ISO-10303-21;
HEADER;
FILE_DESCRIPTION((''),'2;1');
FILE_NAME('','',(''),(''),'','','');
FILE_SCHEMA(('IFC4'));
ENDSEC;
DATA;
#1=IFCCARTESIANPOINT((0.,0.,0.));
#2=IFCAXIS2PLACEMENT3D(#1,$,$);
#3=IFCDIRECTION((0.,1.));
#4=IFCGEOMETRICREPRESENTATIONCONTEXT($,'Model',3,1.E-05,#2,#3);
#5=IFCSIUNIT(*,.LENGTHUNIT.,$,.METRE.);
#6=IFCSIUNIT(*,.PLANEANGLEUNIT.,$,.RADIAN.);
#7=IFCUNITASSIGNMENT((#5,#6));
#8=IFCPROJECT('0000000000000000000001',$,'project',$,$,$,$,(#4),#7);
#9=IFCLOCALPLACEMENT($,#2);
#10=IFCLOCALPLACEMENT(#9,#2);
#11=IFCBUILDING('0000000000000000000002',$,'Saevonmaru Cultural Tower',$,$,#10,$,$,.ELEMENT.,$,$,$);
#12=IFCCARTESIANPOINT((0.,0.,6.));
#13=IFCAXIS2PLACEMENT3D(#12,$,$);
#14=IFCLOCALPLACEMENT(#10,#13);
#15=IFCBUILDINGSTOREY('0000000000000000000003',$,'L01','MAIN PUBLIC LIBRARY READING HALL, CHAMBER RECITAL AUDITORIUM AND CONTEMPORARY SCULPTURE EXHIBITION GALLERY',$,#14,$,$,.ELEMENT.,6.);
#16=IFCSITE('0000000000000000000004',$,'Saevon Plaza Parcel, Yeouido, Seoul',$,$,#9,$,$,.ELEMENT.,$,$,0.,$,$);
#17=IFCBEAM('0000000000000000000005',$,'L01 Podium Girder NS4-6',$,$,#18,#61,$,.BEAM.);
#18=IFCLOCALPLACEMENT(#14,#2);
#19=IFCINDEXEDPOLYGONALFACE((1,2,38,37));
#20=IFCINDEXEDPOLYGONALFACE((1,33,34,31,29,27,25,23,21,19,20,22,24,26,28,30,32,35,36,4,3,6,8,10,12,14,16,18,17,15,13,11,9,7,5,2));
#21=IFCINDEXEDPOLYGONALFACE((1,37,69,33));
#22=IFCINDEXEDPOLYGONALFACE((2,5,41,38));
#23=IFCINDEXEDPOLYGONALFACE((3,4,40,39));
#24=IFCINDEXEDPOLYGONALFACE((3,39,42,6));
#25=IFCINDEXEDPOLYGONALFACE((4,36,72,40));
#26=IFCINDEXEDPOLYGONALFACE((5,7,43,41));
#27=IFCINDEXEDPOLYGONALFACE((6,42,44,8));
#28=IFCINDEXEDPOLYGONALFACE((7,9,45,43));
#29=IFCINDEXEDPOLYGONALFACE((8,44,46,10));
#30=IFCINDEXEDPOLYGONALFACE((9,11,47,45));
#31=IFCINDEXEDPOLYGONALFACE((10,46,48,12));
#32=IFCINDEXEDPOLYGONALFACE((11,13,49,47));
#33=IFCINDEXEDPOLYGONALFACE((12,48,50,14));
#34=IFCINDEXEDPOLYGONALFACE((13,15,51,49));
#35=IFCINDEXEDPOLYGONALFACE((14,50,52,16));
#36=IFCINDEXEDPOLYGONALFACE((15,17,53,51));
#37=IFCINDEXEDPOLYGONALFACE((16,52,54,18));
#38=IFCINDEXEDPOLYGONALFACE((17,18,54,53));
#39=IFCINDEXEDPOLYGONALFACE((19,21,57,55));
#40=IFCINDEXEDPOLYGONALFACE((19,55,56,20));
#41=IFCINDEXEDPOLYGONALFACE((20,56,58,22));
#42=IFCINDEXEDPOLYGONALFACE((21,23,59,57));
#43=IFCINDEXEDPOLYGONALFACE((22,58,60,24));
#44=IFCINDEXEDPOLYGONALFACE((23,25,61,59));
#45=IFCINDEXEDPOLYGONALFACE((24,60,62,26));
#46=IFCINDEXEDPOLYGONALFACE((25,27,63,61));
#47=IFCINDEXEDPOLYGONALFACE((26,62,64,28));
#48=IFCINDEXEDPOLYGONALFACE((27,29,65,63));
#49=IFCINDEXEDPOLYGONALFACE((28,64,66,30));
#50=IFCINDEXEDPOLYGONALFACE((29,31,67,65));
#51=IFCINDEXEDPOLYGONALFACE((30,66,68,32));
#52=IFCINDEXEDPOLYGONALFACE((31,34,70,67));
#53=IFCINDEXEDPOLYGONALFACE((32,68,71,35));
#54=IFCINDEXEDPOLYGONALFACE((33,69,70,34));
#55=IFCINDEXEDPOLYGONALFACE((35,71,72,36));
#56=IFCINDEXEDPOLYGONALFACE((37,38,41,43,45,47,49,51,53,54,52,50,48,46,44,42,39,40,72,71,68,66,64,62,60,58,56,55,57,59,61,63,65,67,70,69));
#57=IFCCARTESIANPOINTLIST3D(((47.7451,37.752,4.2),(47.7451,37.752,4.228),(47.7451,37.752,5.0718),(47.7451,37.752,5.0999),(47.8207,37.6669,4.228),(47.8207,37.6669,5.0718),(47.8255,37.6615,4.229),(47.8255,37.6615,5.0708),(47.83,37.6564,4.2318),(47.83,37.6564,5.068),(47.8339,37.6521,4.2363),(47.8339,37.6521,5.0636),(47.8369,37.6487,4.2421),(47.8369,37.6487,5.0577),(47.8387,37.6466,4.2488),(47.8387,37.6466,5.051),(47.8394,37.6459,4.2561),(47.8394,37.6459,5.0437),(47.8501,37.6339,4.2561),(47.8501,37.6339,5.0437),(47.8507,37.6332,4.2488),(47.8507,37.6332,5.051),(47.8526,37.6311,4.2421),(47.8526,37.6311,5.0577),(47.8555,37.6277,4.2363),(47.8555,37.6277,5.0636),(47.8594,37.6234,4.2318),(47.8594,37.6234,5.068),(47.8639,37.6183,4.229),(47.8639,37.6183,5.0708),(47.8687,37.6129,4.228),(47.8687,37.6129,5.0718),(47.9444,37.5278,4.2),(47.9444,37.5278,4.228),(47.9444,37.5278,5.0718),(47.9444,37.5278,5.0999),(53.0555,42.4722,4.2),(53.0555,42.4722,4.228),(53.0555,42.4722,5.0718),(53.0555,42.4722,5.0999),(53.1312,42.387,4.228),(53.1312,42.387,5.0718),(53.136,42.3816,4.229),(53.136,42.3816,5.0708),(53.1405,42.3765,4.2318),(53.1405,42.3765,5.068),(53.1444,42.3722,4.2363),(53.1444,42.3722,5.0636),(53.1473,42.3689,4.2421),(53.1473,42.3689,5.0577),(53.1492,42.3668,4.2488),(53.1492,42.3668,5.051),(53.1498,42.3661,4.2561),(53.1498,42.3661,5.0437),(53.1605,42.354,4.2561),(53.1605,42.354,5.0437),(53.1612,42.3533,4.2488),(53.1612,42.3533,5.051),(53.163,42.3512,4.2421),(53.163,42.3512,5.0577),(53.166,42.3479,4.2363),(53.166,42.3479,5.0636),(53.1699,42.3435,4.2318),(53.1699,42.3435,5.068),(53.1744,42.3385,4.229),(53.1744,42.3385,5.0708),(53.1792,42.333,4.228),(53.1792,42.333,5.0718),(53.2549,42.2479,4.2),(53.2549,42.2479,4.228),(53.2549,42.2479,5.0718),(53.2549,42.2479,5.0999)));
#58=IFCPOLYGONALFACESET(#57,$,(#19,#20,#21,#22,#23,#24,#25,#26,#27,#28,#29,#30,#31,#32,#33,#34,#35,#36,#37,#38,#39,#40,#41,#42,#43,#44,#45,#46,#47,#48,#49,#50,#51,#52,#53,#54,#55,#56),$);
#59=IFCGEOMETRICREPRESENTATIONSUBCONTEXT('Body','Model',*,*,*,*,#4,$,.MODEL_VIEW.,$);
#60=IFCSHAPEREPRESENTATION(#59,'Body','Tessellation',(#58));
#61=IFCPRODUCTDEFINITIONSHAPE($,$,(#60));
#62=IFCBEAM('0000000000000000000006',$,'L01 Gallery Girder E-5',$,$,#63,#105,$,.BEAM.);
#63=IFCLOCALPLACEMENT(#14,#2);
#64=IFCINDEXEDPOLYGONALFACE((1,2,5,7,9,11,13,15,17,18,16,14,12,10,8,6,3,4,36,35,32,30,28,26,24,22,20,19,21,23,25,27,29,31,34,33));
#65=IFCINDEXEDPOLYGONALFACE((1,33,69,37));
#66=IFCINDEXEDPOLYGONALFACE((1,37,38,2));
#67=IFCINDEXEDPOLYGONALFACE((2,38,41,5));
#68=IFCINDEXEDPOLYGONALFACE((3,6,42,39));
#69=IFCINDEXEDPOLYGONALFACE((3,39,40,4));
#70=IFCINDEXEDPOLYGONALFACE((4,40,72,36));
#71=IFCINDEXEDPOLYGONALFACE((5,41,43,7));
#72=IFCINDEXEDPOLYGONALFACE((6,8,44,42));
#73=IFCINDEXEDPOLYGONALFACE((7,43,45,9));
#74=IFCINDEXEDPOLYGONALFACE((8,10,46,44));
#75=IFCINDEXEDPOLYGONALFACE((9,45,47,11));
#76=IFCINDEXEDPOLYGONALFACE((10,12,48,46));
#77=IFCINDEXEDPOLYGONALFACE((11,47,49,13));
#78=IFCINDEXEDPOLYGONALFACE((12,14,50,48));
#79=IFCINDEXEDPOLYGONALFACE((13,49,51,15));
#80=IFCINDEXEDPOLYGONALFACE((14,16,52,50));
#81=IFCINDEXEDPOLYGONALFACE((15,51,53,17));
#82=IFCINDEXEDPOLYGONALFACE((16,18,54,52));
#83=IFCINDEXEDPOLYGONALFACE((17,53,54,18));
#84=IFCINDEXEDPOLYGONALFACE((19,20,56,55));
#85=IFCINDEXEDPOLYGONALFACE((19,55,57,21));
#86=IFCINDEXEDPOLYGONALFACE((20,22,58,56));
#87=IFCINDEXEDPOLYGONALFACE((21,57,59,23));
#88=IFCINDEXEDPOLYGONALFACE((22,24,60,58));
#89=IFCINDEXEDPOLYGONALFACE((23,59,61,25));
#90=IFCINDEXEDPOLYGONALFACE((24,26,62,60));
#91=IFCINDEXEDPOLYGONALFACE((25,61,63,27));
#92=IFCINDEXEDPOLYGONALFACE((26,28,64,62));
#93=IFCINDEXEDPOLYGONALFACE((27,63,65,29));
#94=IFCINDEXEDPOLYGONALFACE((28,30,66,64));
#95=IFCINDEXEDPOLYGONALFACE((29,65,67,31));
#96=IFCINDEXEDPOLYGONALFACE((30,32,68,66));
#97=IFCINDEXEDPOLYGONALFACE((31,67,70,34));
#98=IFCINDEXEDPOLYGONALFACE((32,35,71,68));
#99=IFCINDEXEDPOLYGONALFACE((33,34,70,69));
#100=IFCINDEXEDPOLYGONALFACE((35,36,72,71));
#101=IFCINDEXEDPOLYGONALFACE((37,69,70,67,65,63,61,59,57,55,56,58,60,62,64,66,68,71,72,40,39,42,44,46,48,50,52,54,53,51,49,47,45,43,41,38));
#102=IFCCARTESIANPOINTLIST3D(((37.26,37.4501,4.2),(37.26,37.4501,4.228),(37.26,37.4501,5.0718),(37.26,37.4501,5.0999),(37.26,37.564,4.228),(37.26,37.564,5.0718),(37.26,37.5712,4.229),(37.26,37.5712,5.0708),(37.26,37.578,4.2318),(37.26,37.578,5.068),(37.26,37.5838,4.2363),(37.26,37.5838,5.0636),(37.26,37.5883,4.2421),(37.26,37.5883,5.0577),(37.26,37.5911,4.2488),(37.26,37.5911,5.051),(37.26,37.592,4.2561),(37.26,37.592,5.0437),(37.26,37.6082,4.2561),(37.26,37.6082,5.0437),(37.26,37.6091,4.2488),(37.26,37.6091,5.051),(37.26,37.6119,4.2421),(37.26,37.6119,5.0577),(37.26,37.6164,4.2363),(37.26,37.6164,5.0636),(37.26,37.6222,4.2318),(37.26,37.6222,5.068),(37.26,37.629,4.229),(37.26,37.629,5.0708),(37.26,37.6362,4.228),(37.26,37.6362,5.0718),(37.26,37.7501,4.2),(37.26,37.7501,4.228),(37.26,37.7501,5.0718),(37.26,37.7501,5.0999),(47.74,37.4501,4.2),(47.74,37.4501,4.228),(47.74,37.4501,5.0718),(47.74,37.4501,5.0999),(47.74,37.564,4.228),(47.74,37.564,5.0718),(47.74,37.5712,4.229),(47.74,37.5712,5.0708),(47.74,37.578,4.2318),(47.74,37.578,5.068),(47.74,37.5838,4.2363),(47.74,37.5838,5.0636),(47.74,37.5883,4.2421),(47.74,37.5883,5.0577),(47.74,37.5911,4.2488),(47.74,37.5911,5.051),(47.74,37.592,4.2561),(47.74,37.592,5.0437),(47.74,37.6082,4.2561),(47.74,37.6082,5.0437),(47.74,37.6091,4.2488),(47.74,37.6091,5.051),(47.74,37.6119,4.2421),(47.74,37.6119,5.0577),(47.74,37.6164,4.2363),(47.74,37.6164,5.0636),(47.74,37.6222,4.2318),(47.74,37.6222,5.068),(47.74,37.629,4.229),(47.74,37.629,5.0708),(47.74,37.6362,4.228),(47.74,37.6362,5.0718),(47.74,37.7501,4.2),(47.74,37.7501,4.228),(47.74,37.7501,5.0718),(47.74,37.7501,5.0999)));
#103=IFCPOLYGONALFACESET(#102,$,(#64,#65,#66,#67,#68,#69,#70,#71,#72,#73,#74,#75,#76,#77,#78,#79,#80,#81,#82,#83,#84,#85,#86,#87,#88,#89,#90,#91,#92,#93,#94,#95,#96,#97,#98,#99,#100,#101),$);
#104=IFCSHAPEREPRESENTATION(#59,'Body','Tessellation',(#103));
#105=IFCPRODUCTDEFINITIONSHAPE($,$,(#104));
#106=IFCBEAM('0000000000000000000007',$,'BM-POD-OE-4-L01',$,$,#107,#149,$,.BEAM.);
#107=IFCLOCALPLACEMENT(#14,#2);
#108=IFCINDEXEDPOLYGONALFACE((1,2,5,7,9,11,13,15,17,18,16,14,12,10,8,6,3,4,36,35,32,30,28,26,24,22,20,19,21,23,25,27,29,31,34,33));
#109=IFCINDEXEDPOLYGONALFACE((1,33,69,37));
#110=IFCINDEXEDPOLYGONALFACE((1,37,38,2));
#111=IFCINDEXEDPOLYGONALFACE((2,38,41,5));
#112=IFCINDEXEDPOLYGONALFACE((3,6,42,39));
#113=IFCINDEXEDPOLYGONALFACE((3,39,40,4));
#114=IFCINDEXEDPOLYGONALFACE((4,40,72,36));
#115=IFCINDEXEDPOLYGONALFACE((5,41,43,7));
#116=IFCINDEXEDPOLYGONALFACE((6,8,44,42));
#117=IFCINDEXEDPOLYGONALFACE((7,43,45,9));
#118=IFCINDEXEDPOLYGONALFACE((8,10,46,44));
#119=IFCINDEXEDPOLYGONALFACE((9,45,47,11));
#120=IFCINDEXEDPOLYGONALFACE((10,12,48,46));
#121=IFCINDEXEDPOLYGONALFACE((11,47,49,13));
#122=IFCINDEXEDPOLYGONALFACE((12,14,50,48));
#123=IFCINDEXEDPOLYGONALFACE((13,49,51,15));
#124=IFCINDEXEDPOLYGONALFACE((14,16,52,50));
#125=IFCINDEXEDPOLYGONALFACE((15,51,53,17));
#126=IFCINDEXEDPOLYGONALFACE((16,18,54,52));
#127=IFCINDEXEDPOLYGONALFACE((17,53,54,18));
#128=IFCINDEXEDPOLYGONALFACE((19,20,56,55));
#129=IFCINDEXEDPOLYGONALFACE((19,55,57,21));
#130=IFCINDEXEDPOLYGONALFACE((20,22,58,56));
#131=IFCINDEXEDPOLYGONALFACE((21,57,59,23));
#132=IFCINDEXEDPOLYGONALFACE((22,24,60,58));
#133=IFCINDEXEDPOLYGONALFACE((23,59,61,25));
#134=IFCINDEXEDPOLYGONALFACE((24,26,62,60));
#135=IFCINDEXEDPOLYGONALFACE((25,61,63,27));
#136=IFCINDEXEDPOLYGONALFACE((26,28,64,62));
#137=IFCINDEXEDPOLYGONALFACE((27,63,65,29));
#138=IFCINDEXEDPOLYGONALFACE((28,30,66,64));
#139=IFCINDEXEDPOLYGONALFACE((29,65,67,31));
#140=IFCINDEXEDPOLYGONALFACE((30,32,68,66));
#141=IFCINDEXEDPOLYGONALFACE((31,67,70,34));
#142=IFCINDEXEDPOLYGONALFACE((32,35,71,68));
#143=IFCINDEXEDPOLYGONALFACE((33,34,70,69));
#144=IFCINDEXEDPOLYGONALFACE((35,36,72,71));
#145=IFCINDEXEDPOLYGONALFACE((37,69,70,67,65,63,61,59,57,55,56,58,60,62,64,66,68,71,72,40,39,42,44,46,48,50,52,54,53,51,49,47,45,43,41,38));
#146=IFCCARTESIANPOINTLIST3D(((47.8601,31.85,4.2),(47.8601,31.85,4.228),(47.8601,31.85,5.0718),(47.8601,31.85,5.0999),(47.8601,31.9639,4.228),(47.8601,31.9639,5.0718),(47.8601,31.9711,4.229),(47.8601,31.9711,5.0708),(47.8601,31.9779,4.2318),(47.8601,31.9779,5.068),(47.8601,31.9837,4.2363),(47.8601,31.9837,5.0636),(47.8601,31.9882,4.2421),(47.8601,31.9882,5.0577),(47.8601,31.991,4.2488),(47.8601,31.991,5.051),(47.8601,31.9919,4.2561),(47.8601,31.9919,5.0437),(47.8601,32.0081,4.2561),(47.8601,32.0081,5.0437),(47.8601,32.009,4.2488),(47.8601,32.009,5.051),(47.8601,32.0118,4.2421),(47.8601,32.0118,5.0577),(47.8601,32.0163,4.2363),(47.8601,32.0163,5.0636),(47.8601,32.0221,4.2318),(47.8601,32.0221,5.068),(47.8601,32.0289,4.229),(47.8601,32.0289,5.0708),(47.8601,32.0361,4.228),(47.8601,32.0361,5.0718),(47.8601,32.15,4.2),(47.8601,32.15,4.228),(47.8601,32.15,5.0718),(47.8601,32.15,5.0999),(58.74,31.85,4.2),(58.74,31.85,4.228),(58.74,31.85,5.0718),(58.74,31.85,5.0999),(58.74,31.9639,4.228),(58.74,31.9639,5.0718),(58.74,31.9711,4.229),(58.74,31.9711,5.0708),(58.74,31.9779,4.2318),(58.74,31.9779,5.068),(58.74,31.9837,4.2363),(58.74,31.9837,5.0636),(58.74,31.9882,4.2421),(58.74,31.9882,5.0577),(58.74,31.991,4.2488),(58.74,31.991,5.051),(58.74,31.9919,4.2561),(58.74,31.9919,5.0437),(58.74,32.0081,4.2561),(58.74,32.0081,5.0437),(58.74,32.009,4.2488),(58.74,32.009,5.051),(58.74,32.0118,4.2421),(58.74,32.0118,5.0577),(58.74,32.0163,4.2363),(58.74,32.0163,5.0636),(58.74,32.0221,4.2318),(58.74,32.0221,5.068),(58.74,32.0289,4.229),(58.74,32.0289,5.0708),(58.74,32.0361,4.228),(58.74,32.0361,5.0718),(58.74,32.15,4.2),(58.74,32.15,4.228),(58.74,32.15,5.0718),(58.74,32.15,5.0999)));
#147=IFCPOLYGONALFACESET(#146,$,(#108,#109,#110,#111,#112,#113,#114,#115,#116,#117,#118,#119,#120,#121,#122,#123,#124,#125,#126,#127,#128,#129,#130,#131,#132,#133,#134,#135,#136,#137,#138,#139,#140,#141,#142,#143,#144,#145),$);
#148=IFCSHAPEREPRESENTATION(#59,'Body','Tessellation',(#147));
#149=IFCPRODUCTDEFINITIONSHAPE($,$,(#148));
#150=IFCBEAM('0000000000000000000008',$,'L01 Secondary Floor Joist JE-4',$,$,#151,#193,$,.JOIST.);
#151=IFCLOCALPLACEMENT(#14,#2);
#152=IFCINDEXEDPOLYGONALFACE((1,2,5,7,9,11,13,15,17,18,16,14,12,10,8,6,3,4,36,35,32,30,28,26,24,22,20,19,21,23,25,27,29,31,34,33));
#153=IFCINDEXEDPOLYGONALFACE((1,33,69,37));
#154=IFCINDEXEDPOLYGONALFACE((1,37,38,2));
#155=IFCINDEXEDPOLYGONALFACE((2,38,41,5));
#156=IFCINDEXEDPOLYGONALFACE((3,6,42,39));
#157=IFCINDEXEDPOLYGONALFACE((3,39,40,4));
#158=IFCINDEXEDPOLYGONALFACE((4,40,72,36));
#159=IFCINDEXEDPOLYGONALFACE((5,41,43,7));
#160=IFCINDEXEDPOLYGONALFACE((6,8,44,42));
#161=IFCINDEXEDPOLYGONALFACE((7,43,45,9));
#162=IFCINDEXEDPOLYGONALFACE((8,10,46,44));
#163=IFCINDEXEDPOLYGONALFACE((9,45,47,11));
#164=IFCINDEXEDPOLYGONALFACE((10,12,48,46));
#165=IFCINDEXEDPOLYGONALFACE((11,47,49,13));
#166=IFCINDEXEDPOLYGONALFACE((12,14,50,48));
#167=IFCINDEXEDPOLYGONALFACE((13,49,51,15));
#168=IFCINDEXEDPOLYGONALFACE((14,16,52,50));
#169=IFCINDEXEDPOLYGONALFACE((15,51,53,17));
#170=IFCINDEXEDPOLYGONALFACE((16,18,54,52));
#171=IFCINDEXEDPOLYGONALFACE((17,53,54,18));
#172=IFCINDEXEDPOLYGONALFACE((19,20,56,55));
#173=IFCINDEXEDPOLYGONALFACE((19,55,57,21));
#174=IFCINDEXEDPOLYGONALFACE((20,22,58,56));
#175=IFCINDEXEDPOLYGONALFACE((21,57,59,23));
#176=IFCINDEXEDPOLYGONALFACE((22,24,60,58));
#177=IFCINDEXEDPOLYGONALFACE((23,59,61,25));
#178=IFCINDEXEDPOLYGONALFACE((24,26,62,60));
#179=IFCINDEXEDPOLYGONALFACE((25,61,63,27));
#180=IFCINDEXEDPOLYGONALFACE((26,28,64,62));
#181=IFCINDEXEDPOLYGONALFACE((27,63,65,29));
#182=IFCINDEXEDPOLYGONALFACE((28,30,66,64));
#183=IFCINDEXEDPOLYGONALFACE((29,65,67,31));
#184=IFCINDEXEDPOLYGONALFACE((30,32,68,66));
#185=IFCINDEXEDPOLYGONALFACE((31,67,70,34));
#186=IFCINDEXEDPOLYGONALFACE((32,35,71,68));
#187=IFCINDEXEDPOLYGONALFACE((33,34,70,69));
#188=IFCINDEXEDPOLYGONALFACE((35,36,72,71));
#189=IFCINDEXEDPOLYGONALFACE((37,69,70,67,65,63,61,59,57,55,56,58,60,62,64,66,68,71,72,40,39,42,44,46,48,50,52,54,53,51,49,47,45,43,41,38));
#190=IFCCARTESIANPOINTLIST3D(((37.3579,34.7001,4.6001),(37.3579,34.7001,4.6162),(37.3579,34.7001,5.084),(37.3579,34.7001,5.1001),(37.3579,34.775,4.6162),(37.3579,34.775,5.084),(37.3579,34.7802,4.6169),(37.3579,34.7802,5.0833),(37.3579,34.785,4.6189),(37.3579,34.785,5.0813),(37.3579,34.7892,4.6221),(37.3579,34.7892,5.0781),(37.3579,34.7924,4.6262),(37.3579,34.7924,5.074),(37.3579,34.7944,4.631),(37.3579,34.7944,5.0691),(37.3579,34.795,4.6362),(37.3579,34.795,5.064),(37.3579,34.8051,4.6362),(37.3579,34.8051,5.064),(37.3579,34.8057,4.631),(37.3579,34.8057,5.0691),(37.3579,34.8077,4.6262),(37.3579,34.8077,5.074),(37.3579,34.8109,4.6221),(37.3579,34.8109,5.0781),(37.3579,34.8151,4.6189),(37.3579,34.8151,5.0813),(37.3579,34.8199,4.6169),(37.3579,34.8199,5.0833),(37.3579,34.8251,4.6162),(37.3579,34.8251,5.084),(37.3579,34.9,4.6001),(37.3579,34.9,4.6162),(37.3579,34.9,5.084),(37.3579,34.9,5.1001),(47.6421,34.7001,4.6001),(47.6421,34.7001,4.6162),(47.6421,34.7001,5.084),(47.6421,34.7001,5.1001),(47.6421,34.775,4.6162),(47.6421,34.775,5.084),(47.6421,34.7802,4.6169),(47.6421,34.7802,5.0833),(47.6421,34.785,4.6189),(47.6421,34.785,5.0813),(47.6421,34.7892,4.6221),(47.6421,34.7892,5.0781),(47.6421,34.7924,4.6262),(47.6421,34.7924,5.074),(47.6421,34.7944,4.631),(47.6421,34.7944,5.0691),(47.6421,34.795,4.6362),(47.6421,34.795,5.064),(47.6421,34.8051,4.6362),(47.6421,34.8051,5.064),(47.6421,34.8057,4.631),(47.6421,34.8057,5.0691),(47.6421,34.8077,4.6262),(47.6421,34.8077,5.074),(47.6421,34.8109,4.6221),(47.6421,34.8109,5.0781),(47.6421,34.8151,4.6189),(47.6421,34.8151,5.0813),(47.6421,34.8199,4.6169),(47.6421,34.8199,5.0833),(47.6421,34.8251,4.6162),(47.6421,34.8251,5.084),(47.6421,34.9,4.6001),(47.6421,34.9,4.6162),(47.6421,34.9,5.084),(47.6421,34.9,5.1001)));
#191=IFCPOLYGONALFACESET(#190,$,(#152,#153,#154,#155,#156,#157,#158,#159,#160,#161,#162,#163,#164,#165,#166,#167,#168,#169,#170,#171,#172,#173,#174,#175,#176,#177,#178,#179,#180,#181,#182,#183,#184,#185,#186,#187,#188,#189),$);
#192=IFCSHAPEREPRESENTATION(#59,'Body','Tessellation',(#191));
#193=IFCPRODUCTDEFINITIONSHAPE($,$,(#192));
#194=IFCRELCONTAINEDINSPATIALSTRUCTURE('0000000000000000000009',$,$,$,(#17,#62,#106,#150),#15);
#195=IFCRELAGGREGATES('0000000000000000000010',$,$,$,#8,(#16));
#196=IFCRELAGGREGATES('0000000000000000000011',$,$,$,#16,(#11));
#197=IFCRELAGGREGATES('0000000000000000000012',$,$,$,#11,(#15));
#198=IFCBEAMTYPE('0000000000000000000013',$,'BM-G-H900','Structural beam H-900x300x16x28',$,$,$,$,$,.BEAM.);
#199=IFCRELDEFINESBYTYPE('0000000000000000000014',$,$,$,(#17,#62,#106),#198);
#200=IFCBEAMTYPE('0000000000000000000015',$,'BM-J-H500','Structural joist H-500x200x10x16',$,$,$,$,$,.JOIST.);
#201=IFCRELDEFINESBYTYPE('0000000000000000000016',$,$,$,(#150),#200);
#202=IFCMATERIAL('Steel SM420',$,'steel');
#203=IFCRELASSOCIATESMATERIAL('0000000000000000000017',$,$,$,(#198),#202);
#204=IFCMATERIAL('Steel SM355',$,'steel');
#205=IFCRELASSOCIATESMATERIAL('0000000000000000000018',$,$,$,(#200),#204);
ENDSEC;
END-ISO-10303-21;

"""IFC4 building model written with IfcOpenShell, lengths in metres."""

from ifc_helpers import new_model, si_unit, direction, frame, origin, origin_2d, place, context, subcontext, project, spatial, i_section, extrude, material, material_profile, profile_set, type_object, element, save


model = new_model("IFC4")

# Units and contexts
model_context = context("Model", 3, precision=1e-05, world=origin(), true_north=direction((0.0, 1.0)))
body_context = subcontext(model_context, "Body", "Model", "MODEL_VIEW")
ifc_project = project(units=[si_unit("LENGTHUNIT", "METRE"), si_unit("PLANEANGLEUNIT", "RADIAN")], contexts=[model_context])

# Site, building, storey
site_placement = place(None, origin())
site = spatial("IfcSite", under=ifc_project, at=site_placement, Name="Saevon Plaza Parcel, Yeouido, Seoul", CompositionType="ELEMENT", RefElevation=0.0)
building_placement = place(site_placement, origin())
building = spatial("IfcBuilding", under=site, at=building_placement, Name="Saevonmaru Cultural Tower", CompositionType="ELEMENT")
storey_placement = place(building_placement, frame((0.0, 0.0, 6.0)))
storey = spatial("IfcBuildingStorey", under=building, at=storey_placement, Name="L01", Description="MAIN PUBLIC LIBRARY READING HALL, CHAMBER RECITAL AUDITORIUM AND CONTEMPORARY SCULPTURE EXHIBITION GALLERY", CompositionType="ELEMENT", Elevation=6.0)

# Shared definitions
ifc_material_1 = material(Name="Steel SM355", Category="steel")

# Beams
ifc_material_2 = material(Name="Steel SM420", Category="steel")
ifc_material_profile_1 = material_profile(ifc_material_2, i_section(OverallWidth=0.3, OverallDepth=0.8999, WebThickness=0.0161, FlangeThickness=0.0281, FilletRadius=0.0281, at=origin_2d()), Name="H-900x300x16x28")
ifc_profile_set_1 = profile_set([ifc_material_profile_1], Name="Steel SM420")
beam_type_1 = type_object("IfcBeamType", Name="BM-G-H900", Description="Structural beam H-900x300x16x28", PredefinedType="BEAM", material=ifc_profile_set_1)
beam_1_placement = place(storey_placement, frame((47.8447, 37.6399, 4.6499), z_axis=(0.747428, 0.664343, 0.0), x_axis=(-0.664343, 0.747428, 0.0)))
element("IfcBeam", 1, at=beam_1_placement, inside=storey, type_object=beam_type_1, Name="L01 Podium Girder NS4-6", PredefinedType="BEAM", context=body_context, shape_type="SweptSolid", body=[
    extrude(i_section(OverallWidth=0.3, OverallDepth=0.8999, WebThickness=0.0161, FlangeThickness=0.0281, FilletRadius=0.0281, at=origin_2d()), origin(), (0.0, 0.0, 1.0), 7.105),
])
beam_2_placement = place(storey_placement, frame((37.26, 37.6001, 4.6499), z_axis=(1.0, 0.0, 0.0), x_axis=(0.0, 1.0, 0.0)))
element("IfcBeam", 2, at=beam_2_placement, inside=storey, type_object=beam_type_1, Name="L01 Gallery Girder E-5", PredefinedType="BEAM", context=body_context, shape_type="SweptSolid", body=[
    extrude(i_section(OverallWidth=0.3, OverallDepth=0.8999, WebThickness=0.0161, FlangeThickness=0.0281, FilletRadius=0.0281, at=origin_2d()), origin(), (0.0, 0.0, 1.0), 10.48),
])
beam_3_placement = place(storey_placement, frame((47.8601, 32.0, 4.6499), z_axis=(1.0, 0.0, 0.0), x_axis=(0.0, 1.0, 0.0)))
element("IfcBeam", 3, at=beam_3_placement, inside=storey, type_object=beam_type_1, Name="BM-POD-OE-4-L01", PredefinedType="BEAM", context=body_context, shape_type="SweptSolid", body=[
    extrude(i_section(OverallWidth=0.3, OverallDepth=0.8999, WebThickness=0.0161, FlangeThickness=0.0281, FilletRadius=0.0281, at=origin_2d()), origin(), (0.0, 0.0, 1.0), 10.8799),
])
ifc_material_profile_2 = material_profile(ifc_material_1, i_section(OverallWidth=0.2, OverallDepth=0.5, WebThickness=0.01, FlangeThickness=0.0161, FilletRadius=0.02, at=origin_2d()), Name="H-500x200x10x16")
ifc_profile_set_2 = profile_set([ifc_material_profile_2], Name="Steel SM355")
beam_type_2 = type_object("IfcBeamType", Name="BM-J-H500", Description="Structural joist H-500x200x10x16", PredefinedType="JOIST", material=ifc_profile_set_2)
beam_4_placement = place(storey_placement, frame((37.3579, 34.8, 4.8501), z_axis=(1.0, 0.0, 0.0), x_axis=(0.0, 1.0, 0.0)))
element("IfcBeam", 4, at=beam_4_placement, inside=storey, type_object=beam_type_2, Name="L01 Secondary Floor Joist JE-4", PredefinedType="JOIST", context=body_context, shape_type="SweptSolid", body=[
    extrude(i_section(OverallWidth=0.2, OverallDepth=0.5, WebThickness=0.01, FlangeThickness=0.0161, FilletRadius=0.02, at=origin_2d()), origin(), (0.0, 0.0, 1.0), 10.2842),
])

save(model, "model.ifc")
